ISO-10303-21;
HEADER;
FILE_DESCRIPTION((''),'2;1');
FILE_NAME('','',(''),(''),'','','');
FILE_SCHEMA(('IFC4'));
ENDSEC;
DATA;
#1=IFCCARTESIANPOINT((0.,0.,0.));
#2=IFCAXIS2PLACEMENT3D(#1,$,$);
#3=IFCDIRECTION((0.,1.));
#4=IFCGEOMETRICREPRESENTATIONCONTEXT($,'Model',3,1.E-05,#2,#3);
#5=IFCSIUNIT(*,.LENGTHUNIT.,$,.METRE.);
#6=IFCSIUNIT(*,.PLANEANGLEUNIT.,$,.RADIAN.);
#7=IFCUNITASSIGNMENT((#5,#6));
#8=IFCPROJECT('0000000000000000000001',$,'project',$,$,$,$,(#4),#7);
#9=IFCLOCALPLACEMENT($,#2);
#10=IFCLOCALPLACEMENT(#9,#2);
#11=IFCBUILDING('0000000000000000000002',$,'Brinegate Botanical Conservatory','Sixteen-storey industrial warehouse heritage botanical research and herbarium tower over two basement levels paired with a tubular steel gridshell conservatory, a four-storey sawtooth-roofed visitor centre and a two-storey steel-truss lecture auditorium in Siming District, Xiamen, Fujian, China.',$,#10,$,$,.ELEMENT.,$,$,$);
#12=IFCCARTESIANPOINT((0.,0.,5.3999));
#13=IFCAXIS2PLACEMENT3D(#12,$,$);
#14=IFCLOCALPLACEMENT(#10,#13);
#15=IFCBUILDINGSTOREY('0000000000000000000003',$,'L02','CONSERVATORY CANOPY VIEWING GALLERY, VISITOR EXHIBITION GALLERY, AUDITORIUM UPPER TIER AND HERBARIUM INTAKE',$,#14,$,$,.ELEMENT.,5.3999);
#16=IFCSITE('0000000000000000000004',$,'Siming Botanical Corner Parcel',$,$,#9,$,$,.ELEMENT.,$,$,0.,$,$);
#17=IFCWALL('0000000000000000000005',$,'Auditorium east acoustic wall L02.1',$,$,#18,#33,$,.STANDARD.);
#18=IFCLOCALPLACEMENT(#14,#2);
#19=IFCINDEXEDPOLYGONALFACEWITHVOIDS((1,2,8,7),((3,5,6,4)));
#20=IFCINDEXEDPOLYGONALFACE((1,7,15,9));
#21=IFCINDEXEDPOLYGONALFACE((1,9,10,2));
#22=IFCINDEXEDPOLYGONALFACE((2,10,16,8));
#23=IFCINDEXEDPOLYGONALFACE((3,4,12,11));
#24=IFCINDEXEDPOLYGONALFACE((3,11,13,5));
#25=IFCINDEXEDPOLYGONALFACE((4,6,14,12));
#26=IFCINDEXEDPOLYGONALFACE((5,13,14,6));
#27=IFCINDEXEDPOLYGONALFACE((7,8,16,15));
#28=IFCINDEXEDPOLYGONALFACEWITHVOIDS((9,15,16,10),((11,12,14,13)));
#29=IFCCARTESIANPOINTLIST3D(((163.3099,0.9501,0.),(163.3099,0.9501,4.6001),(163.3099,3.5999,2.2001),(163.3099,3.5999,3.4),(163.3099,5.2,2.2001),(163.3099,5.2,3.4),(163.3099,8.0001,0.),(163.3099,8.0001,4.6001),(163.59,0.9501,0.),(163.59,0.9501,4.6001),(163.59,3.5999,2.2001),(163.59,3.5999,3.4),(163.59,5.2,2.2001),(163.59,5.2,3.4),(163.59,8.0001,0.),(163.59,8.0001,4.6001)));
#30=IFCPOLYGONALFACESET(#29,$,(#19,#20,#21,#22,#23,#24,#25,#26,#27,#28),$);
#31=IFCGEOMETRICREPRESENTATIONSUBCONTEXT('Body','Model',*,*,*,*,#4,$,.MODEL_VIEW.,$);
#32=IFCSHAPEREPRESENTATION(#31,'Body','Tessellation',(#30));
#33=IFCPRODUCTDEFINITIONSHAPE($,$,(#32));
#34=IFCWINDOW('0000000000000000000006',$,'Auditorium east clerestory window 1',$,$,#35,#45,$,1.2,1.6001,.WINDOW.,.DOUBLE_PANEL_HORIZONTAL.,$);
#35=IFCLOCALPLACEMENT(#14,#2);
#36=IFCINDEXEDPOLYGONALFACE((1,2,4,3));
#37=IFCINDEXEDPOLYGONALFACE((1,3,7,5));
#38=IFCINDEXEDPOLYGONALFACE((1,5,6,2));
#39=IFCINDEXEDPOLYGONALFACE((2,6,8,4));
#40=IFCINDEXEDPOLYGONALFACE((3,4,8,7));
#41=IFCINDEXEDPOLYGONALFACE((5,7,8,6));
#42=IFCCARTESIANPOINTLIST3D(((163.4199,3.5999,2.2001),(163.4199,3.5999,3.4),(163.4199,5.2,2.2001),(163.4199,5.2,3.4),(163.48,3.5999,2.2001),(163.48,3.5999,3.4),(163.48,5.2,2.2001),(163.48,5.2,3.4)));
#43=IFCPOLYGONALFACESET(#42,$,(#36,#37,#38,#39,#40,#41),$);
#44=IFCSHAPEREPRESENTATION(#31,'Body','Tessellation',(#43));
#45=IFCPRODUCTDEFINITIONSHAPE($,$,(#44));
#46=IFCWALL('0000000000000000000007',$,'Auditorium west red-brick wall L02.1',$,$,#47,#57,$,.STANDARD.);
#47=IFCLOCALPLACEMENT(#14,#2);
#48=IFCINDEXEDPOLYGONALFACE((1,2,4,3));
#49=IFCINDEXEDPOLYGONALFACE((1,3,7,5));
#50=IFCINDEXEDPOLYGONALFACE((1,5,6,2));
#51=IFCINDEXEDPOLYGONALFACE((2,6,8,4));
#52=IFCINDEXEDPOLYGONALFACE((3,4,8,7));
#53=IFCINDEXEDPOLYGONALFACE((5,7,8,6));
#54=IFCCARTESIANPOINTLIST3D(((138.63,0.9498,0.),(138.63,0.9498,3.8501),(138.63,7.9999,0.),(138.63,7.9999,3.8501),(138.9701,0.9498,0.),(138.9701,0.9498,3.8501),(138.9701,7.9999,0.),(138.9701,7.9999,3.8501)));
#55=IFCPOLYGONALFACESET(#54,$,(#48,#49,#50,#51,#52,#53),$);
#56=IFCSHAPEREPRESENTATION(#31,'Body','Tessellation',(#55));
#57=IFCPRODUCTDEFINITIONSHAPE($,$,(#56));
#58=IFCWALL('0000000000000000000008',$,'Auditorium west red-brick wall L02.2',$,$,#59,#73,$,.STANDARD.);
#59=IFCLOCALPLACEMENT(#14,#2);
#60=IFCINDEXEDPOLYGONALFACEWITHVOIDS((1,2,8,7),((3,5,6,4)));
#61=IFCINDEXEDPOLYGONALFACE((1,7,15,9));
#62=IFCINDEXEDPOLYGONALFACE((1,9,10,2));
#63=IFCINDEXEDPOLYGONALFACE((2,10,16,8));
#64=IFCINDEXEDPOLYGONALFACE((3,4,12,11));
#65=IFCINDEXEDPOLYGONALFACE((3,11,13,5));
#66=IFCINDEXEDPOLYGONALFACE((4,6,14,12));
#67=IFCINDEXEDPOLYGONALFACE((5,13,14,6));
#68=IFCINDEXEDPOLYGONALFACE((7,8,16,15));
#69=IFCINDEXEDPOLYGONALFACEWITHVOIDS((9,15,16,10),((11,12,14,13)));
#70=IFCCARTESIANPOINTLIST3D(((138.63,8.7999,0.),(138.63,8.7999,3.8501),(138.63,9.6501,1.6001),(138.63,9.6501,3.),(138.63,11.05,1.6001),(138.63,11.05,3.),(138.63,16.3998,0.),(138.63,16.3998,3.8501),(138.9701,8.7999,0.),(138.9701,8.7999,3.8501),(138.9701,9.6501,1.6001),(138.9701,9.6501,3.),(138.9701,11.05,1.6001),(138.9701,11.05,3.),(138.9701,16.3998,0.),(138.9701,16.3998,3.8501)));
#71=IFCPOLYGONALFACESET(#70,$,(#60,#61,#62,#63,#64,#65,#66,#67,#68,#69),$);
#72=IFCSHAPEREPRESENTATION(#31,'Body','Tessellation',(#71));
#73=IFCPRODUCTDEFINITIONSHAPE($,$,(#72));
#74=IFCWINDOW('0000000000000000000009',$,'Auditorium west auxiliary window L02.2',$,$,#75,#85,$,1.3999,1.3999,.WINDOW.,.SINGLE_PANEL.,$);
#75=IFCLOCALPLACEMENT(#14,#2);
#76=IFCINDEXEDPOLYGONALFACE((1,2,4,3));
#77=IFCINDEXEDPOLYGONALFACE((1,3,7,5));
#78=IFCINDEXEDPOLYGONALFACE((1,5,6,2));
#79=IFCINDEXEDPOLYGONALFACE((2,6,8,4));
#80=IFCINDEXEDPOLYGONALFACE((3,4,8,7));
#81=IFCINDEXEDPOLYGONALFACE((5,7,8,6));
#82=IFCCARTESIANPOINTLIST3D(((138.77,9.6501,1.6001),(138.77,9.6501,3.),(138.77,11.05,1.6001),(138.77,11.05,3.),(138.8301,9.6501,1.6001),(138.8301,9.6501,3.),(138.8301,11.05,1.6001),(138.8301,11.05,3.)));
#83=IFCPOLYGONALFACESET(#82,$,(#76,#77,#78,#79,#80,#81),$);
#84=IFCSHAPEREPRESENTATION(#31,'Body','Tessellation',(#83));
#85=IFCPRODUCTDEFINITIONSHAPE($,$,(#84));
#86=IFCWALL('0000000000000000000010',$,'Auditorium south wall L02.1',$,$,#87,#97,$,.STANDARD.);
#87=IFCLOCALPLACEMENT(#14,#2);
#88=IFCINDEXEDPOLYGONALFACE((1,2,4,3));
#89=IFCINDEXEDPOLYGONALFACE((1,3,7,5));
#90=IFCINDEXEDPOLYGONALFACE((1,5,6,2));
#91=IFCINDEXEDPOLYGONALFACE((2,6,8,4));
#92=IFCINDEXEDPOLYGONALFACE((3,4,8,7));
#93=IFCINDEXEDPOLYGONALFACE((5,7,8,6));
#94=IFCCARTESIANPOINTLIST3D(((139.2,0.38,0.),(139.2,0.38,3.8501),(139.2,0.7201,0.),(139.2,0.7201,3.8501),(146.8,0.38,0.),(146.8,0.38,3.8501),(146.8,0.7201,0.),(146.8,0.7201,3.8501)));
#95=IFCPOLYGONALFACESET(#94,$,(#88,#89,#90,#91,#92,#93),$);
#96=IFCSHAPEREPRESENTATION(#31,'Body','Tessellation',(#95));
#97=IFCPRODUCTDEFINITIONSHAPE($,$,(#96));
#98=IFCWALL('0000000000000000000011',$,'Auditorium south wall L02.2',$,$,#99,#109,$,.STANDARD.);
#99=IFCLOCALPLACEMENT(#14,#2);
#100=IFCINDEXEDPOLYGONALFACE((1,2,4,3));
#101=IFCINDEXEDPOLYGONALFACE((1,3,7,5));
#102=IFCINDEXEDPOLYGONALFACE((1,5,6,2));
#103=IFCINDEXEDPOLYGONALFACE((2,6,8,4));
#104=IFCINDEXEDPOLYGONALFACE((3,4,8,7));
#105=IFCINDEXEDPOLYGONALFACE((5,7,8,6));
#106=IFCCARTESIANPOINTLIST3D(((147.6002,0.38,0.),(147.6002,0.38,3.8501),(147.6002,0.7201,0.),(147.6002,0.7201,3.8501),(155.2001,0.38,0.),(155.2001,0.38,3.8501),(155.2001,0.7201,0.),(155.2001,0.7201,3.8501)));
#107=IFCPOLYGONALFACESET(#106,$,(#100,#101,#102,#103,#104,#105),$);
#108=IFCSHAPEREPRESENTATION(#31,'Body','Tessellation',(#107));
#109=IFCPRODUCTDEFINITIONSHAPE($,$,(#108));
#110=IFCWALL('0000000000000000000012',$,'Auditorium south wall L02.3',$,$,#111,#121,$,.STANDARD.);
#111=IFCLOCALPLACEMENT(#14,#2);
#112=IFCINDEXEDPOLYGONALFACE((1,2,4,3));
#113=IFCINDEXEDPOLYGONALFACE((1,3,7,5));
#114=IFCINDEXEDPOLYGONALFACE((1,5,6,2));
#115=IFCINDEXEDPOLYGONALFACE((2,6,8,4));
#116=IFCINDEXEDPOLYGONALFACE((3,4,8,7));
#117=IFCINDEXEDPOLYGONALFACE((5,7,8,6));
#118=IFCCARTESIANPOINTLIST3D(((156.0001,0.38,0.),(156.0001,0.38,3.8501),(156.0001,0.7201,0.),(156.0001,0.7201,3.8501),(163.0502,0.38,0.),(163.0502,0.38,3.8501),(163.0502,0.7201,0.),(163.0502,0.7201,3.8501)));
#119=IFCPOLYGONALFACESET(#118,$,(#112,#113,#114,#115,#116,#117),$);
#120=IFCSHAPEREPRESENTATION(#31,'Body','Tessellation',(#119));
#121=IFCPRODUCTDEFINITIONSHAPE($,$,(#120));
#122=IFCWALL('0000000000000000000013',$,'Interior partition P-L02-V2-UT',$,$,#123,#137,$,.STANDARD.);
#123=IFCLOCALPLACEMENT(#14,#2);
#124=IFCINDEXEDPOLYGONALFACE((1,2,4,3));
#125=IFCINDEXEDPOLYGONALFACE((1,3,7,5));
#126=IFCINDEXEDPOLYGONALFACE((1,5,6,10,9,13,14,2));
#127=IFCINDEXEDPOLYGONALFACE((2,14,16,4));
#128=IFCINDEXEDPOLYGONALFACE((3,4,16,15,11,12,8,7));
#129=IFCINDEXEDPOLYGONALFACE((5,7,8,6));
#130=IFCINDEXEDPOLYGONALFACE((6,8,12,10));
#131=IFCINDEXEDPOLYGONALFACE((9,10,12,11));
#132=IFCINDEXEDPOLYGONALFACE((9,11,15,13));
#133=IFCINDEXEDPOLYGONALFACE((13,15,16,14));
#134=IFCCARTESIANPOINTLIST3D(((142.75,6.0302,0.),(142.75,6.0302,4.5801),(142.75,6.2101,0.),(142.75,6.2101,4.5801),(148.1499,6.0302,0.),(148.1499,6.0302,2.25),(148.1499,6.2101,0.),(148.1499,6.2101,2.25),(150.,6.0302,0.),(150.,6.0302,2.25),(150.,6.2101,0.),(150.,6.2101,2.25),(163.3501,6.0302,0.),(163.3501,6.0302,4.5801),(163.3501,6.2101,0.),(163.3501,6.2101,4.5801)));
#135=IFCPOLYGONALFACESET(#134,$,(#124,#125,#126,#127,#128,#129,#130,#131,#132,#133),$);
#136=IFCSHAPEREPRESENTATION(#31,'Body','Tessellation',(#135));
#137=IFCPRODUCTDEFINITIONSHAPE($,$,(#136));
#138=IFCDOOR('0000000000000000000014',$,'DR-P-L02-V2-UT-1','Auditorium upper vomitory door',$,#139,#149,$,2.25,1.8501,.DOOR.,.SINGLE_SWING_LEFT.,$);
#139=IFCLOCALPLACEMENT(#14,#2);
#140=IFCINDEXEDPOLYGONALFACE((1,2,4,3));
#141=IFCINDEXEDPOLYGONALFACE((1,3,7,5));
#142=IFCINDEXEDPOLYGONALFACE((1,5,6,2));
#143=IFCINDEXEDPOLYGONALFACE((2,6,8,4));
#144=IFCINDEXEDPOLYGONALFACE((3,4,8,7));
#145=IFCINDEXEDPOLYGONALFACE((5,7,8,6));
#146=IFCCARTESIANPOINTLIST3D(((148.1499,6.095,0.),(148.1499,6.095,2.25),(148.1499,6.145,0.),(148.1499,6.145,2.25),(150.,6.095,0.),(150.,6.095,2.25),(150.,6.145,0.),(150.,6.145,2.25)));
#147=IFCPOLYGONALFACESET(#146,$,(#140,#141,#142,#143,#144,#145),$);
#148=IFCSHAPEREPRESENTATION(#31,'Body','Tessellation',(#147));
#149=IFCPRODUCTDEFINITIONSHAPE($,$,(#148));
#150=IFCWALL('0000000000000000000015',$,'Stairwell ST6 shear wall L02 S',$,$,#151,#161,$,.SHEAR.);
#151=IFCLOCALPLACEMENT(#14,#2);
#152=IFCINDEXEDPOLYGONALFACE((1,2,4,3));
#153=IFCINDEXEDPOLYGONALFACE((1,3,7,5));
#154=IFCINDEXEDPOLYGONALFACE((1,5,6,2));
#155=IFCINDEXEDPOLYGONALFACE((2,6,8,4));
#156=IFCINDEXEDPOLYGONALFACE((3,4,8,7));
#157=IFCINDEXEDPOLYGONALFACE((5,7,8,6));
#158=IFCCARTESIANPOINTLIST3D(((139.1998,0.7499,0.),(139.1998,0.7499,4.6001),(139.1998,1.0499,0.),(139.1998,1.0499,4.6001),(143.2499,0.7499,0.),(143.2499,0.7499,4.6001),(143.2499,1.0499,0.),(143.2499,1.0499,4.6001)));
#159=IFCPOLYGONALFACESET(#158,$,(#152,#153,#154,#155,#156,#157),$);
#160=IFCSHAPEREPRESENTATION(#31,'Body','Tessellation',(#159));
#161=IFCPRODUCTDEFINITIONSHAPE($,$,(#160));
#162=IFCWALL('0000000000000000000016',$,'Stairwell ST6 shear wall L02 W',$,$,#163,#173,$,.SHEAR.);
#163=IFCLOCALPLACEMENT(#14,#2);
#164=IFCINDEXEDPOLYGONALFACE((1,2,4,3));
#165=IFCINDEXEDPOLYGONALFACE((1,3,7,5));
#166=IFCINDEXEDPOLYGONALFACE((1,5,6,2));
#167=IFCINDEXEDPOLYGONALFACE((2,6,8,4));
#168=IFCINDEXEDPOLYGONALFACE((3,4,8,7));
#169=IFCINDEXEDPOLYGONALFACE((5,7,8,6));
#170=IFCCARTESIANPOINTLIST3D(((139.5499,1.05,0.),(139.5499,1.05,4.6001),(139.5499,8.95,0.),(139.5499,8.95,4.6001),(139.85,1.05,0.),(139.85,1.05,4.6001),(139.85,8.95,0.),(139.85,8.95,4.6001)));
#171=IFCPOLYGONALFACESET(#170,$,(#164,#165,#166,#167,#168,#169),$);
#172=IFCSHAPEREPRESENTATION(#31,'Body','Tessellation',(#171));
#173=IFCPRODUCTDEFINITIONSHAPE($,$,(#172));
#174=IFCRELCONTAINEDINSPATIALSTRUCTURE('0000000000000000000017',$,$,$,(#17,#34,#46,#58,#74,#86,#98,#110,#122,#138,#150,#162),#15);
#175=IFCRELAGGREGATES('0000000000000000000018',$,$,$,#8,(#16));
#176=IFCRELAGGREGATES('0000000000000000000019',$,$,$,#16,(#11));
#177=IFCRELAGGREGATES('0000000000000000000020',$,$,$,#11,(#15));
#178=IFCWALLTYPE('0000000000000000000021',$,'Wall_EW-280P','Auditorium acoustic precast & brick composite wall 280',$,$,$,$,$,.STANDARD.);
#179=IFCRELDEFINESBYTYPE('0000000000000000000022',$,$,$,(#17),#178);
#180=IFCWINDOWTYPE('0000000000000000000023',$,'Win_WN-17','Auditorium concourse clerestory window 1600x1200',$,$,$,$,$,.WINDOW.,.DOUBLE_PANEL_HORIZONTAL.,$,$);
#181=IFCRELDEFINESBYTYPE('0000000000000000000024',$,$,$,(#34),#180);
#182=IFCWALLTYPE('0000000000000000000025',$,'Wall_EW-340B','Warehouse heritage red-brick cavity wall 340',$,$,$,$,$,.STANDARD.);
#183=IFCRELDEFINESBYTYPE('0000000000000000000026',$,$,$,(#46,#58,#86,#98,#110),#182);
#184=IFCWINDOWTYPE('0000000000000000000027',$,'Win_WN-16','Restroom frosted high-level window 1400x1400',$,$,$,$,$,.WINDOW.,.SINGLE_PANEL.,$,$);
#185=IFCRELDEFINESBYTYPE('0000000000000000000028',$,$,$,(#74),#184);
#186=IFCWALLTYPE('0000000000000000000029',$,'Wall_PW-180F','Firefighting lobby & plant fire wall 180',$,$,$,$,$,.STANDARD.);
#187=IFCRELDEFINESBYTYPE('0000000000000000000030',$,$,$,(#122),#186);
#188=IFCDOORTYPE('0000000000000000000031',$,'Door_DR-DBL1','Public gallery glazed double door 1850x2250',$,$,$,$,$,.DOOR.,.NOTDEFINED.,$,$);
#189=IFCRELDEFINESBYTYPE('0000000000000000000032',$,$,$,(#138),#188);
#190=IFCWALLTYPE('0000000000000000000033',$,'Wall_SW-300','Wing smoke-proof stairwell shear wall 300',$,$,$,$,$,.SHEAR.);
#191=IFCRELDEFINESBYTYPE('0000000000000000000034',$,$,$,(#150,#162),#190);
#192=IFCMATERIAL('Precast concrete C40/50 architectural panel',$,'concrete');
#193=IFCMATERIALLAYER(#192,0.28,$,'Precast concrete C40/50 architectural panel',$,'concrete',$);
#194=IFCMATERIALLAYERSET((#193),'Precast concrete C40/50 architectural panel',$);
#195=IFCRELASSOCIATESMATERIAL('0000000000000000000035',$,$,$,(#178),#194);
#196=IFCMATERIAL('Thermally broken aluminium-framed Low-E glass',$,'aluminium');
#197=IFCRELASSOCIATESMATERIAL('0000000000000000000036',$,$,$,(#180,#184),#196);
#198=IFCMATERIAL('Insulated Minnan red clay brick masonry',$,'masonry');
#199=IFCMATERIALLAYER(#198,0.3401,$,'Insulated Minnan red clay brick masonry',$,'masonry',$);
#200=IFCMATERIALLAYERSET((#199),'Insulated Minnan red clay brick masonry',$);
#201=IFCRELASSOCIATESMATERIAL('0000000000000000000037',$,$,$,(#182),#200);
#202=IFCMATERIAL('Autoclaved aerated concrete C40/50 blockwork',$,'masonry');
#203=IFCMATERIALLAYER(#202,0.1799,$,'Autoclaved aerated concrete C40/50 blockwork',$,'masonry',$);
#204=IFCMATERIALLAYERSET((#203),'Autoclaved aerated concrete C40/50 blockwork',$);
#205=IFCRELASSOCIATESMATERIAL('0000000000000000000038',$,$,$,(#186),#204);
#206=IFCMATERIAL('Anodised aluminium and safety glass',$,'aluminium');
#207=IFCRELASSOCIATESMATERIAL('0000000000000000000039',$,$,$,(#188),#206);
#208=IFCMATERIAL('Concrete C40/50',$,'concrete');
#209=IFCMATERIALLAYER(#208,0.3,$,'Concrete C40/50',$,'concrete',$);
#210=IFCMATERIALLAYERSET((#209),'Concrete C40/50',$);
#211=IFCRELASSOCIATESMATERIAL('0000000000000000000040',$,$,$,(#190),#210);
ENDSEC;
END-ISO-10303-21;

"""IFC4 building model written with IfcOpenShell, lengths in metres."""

from ifc_helpers import new_model, si_unit, direction, frame, frame_2d, origin, place, context, subcontext, project, spatial, rectangle, extrude, material, layer, layer_set, type_object, element, fill, save


model = new_model("IFC4")

# Units and contexts
model_context = context("Model", 3, precision=1e-05, world=origin(), true_north=direction((0.0, 1.0)))
body_context = subcontext(model_context, "Body", "Model", "MODEL_VIEW")
ifc_project = project(units=[si_unit("LENGTHUNIT", "METRE"), si_unit("PLANEANGLEUNIT", "RADIAN")], contexts=[model_context])

# Site, building, storey
site_placement = place(None, origin())
site = spatial("IfcSite", under=ifc_project, at=site_placement, Name="Siming Botanical Corner Parcel", CompositionType="ELEMENT", RefElevation=0.0)
building_placement = place(site_placement, origin())
building = spatial("IfcBuilding", under=site, at=building_placement, Name="Brinegate Botanical Conservatory", Description="Sixteen-storey industrial warehouse heritage botanical research and herbarium tower over two basement levels paired with a tubular steel gridshell conservatory, a four-storey sawtooth-roofed visitor centre and a two-storey steel-truss lecture auditorium in Siming District, Xiamen, Fujian, China.", CompositionType="ELEMENT")
storey_placement = place(building_placement, frame((0.0, 0.0, 5.3999)))
storey = spatial("IfcBuildingStorey", under=building, at=storey_placement, Name="L02", Description="CONSERVATORY CANOPY VIEWING GALLERY, VISITOR EXHIBITION GALLERY, AUDITORIUM UPPER TIER AND HERBARIUM INTAKE", CompositionType="ELEMENT", Elevation=5.3999)

# Shared definitions
ifc_material_1 = material(Name="Concrete C40/50", Category="concrete")

# Wall, opening, window
ifc_material_2 = material(Name="Precast concrete C40/50 architectural panel", Category="concrete")
ifc_layer_1 = layer(ifc_material_2, 0.28, Name="Precast concrete C40/50 architectural panel", Category="concrete")
ifc_layer_set_1 = layer_set([ifc_layer_1], Name="Precast concrete C40/50 architectural panel")
wall_type_1 = type_object("IfcWallType", Name="Wall_EW-280P", Description="Auditorium acoustic precast & brick composite wall 280", PredefinedType="STANDARD", material=ifc_layer_set_1)
wall_1_placement = place(storey_placement, frame((163.45, 8.0, 0.0), z_axis=(0.0, 0.0, 1.0), x_axis=(0.0, -1.0, 0.0)))
wall_1 = element("IfcWall", 1, at=wall_1_placement, inside=storey, type_object=wall_type_1, Name="Auditorium east acoustic wall L02.1", PredefinedType="STANDARD", context=body_context, shape_type="SweptSolid", body=[
    extrude(rectangle(XDim=7.05, YDim=0.28, at=frame_2d((3.5249, 0.0))), origin(), (0.0, 0.0, 1.0), 4.6001),
])
opening_1_placement = place(wall_1_placement, frame((2.8, 0.0, 2.2)))
opening_1 = element("IfcOpeningElement", 2, at=opening_1_placement, cuts=wall_1, PredefinedType="OPENING", context=body_context, shape_type="SweptSolid", body=[
    extrude(rectangle(XDim=1.6001, YDim=1.2, at=frame_2d((0.8, 0.6001))), frame((0.0, 0.1499, 0.0), z_axis=(0.0, -1.0, 0.0), x_axis=(1.0, 0.0, 0.0)), (0.0, 0.0, 1.0), 0.3),
])
ifc_material_3 = material(Name="Thermally broken aluminium-framed Low-E glass", Category="aluminium")
window_type_1 = type_object("IfcWindowType", Name="Win_WN-17", Description="Auditorium concourse clerestory window 1600x1200", PartitioningType="DOUBLE_PANEL_HORIZONTAL", PredefinedType="WINDOW", material=ifc_material_3)
window_1_placement = place(opening_1_placement, origin())
window_1 = element("IfcWindow", 3, at=window_1_placement, inside=storey, type_object=window_type_1, Name="Auditorium east clerestory window 1", OverallHeight=1.2, OverallWidth=1.6001, PartitioningType="DOUBLE_PANEL_HORIZONTAL", PredefinedType="WINDOW", context=body_context, shape_type="SweptSolid", body=[
    extrude(rectangle(XDim=1.6001, YDim=1.2, at=frame_2d((0.8, 0.6001))), frame((0.0, 0.03, 0.0), z_axis=(0.0, -1.0, 0.0), x_axis=(1.0, 0.0, 0.0)), (0.0, 0.0, 1.0), 0.0601),
])
fill(opening_1, window_1)

# Wall
ifc_material_4 = material(Name="Insulated Minnan red clay brick masonry", Category="masonry")
ifc_layer_2 = layer(ifc_material_4, 0.3401, Name="Insulated Minnan red clay brick masonry", Category="masonry")
ifc_layer_set_2 = layer_set([ifc_layer_2], Name="Insulated Minnan red clay brick masonry")
wall_type_2 = type_object("IfcWallType", Name="Wall_EW-340B", Description="Warehouse heritage red-brick cavity wall 340", PredefinedType="STANDARD", material=ifc_layer_set_2)
wall_2_placement = place(storey_placement, frame((138.8, 0.95, 0.0), z_axis=(0.0, 0.0, 1.0), x_axis=(0.0, 1.0, 0.0)))
element("IfcWall", 4, at=wall_2_placement, inside=storey, type_object=wall_type_2, Name="Auditorium west red-brick wall L02.1", PredefinedType="STANDARD", context=body_context, shape_type="SweptSolid", body=[
    extrude(rectangle(XDim=7.05, YDim=0.3401, at=frame_2d((3.5249, 0.0))), origin(), (0.0, 0.0, 1.0), 3.8501),
])

# Wall, opening, window
wall_3_placement = place(storey_placement, frame((138.8, 8.8, 0.0), z_axis=(0.0, 0.0, 1.0), x_axis=(0.0, 1.0, 0.0)))
wall_3 = element("IfcWall", 5, at=wall_3_placement, inside=storey, type_object=wall_type_2, Name="Auditorium west red-brick wall L02.2", PredefinedType="STANDARD", context=body_context, shape_type="SweptSolid", body=[
    extrude(rectangle(XDim=7.5999, YDim=0.3401, at=frame_2d((3.7998, 0.0))), origin(), (0.0, 0.0, 1.0), 3.8501),
])
opening_2_placement = place(wall_3_placement, frame((0.8501, 0.0, 1.6001)))
opening_2 = element("IfcOpeningElement", 6, at=opening_2_placement, cuts=wall_3, PredefinedType="OPENING", context=body_context, shape_type="SweptSolid", body=[
    extrude(rectangle(XDim=1.3999, YDim=1.3999, at=frame_2d((0.7, 0.7))), frame((0.0, 0.1799, 0.0), z_axis=(0.0, -1.0, 0.0), x_axis=(1.0, 0.0, 0.0)), (0.0, 0.0, 1.0), 0.3601),
])
window_type_2 = type_object("IfcWindowType", Name="Win_WN-16", Description="Restroom frosted high-level window 1400x1400", PartitioningType="SINGLE_PANEL", PredefinedType="WINDOW", material=ifc_material_3)
window_2_placement = place(opening_2_placement, origin())
window_2 = element("IfcWindow", 7, at=window_2_placement, inside=storey, type_object=window_type_2, Name="Auditorium west auxiliary window L02.2", OverallHeight=1.3999, OverallWidth=1.3999, PartitioningType="SINGLE_PANEL", PredefinedType="WINDOW", context=body_context, shape_type="SweptSolid", body=[
    extrude(rectangle(XDim=1.3999, YDim=1.3999, at=frame_2d((0.7, 0.7))), frame((0.0, 0.03, 0.0), z_axis=(0.0, -1.0, 0.0), x_axis=(1.0, 0.0, 0.0)), (0.0, 0.0, 1.0), 0.0601),
])
fill(opening_2, window_2)

# Walls
wall_4_placement = place(storey_placement, frame((146.8, 0.55, 0.0), z_axis=(0.0, 0.0, 1.0), x_axis=(-1.0, 0.0, 0.0)))
element("IfcWall", 8, at=wall_4_placement, inside=storey, type_object=wall_type_2, Name="Auditorium south wall L02.1", PredefinedType="STANDARD", context=body_context, shape_type="SweptSolid", body=[
    extrude(rectangle(XDim=7.6001, YDim=0.3401, at=frame_2d((3.8, 0.0))), origin(), (0.0, 0.0, 1.0), 3.8501),
])
wall_5_placement = place(storey_placement, frame((155.2, 0.55, 0.0), z_axis=(0.0, 0.0, 1.0), x_axis=(-1.0, 0.0, 0.0)))
element("IfcWall", 9, at=wall_5_placement, inside=storey, type_object=wall_type_2, Name="Auditorium south wall L02.2", PredefinedType="STANDARD", context=body_context, shape_type="SweptSolid", body=[
    extrude(rectangle(XDim=7.5999, YDim=0.3401, at=frame_2d((3.7998, 0.0))), origin(), (0.0, 0.0, 1.0), 3.8501),
])
wall_6_placement = place(storey_placement, frame((163.05, 0.55, 0.0), z_axis=(0.0, 0.0, 1.0), x_axis=(-1.0, 0.0, 0.0)))
element("IfcWall", 10, at=wall_6_placement, inside=storey, type_object=wall_type_2, Name="Auditorium south wall L02.3", PredefinedType="STANDARD", context=body_context, shape_type="SweptSolid", body=[
    extrude(rectangle(XDim=7.05, YDim=0.3401, at=frame_2d((3.5249, 0.0))), origin(), (0.0, 0.0, 1.0), 3.8501),
])

# Wall, opening, door
ifc_material_5 = material(Name="Autoclaved aerated concrete C40/50 blockwork", Category="masonry")
ifc_layer_3 = layer(ifc_material_5, 0.1799, Name="Autoclaved aerated concrete C40/50 blockwork", Category="masonry")
ifc_layer_set_3 = layer_set([ifc_layer_3], Name="Autoclaved aerated concrete C40/50 blockwork")
wall_type_3 = type_object("IfcWallType", Name="Wall_PW-180F", Description="Firefighting lobby & plant fire wall 180", PredefinedType="STANDARD", material=ifc_layer_set_3)
wall_7_placement = place(storey_placement, frame((142.75, 6.1201, 0.0), z_axis=(0.0, 0.0, 1.0), x_axis=(1.0, 0.0, 0.0)))
wall_7 = element("IfcWall", 11, at=wall_7_placement, inside=storey, type_object=wall_type_3, Name="Interior partition P-L02-V2-UT", PredefinedType="STANDARD", context=body_context, shape_type="SweptSolid", body=[
    extrude(rectangle(XDim=20.6001, YDim=0.1799, at=frame_2d((10.3, 0.0))), origin(), (0.0, 0.0, 1.0), 4.5801),
])
opening_3_placement = place(wall_7_placement, frame((5.3999, 0.0, 0.0)))
opening_3 = element("IfcOpeningElement", 12, at=opening_3_placement, cuts=wall_7, PredefinedType="OPENING", context=body_context, shape_type="SweptSolid", body=[
    extrude(rectangle(XDim=1.8501, YDim=2.25, at=frame_2d((0.925, 1.125))), frame((0.0, 0.0999, 0.0), z_axis=(0.0, -1.0, 0.0), x_axis=(1.0, 0.0, 0.0)), (0.0, 0.0, 1.0), 0.2),
])
ifc_material_6 = material(Name="Anodised aluminium and safety glass", Category="aluminium")
door_type_1 = type_object("IfcDoorType", Name="Door_DR-DBL1", Description="Public gallery glazed double door 1850x2250", OperationType="NOTDEFINED", PredefinedType="DOOR", material=ifc_material_6)
door_1_placement = place(opening_3_placement, origin())
door_1 = element("IfcDoor", 13, at=door_1_placement, inside=storey, type_object=door_type_1, Name="DR-P-L02-V2-UT-1", Description="Auditorium upper vomitory door", OperationType="SINGLE_SWING_LEFT", OverallHeight=2.25, OverallWidth=1.8501, PredefinedType="DOOR", context=body_context, shape_type="SweptSolid", body=[
    extrude(rectangle(XDim=1.8501, YDim=2.25, at=frame_2d((0.925, 1.125))), frame((0.0, 0.0249, 0.0), z_axis=(0.0, -1.0, 0.0), x_axis=(1.0, 0.0, 0.0)), (0.0, 0.0, 1.0), 0.05),
])
fill(opening_3, door_1)

# Walls
ifc_layer_4 = layer(ifc_material_1, 0.3, Name="Concrete C40/50", Category="concrete")
ifc_layer_set_4 = layer_set([ifc_layer_4], Name="Concrete C40/50")
wall_type_4 = type_object("IfcWallType", Name="Wall_SW-300", Description="Wing smoke-proof stairwell shear wall 300", PredefinedType="SHEAR", material=ifc_layer_set_4)
wall_8_placement = place(storey_placement, frame((139.2, 0.8999, 0.0), z_axis=(0.0, 0.0, 1.0), x_axis=(1.0, 0.0, 0.0)))
element("IfcWall", 14, at=wall_8_placement, inside=storey, type_object=wall_type_4, Name="Stairwell ST6 shear wall L02 S", PredefinedType="SHEAR", context=body_context, shape_type="SweptSolid", body=[
    extrude(rectangle(XDim=4.05, YDim=0.3, at=frame_2d((2.0249, 0.0))), origin(), (0.0, 0.0, 1.0), 4.6001),
])
wall_9_placement = place(storey_placement, frame((139.7, 1.05, 0.0), z_axis=(0.0, 0.0, 1.0), x_axis=(0.0, 1.0, 0.0)))
element("IfcWall", 15, at=wall_9_placement, inside=storey, type_object=wall_type_4, Name="Stairwell ST6 shear wall L02 W", PredefinedType="SHEAR", context=body_context, shape_type="SweptSolid", body=[
    extrude(rectangle(XDim=7.8999, YDim=0.3, at=frame_2d((3.95, 0.0))), origin(), (0.0, 0.0, 1.0), 4.6001),
])

save(model, "model.ifc")
